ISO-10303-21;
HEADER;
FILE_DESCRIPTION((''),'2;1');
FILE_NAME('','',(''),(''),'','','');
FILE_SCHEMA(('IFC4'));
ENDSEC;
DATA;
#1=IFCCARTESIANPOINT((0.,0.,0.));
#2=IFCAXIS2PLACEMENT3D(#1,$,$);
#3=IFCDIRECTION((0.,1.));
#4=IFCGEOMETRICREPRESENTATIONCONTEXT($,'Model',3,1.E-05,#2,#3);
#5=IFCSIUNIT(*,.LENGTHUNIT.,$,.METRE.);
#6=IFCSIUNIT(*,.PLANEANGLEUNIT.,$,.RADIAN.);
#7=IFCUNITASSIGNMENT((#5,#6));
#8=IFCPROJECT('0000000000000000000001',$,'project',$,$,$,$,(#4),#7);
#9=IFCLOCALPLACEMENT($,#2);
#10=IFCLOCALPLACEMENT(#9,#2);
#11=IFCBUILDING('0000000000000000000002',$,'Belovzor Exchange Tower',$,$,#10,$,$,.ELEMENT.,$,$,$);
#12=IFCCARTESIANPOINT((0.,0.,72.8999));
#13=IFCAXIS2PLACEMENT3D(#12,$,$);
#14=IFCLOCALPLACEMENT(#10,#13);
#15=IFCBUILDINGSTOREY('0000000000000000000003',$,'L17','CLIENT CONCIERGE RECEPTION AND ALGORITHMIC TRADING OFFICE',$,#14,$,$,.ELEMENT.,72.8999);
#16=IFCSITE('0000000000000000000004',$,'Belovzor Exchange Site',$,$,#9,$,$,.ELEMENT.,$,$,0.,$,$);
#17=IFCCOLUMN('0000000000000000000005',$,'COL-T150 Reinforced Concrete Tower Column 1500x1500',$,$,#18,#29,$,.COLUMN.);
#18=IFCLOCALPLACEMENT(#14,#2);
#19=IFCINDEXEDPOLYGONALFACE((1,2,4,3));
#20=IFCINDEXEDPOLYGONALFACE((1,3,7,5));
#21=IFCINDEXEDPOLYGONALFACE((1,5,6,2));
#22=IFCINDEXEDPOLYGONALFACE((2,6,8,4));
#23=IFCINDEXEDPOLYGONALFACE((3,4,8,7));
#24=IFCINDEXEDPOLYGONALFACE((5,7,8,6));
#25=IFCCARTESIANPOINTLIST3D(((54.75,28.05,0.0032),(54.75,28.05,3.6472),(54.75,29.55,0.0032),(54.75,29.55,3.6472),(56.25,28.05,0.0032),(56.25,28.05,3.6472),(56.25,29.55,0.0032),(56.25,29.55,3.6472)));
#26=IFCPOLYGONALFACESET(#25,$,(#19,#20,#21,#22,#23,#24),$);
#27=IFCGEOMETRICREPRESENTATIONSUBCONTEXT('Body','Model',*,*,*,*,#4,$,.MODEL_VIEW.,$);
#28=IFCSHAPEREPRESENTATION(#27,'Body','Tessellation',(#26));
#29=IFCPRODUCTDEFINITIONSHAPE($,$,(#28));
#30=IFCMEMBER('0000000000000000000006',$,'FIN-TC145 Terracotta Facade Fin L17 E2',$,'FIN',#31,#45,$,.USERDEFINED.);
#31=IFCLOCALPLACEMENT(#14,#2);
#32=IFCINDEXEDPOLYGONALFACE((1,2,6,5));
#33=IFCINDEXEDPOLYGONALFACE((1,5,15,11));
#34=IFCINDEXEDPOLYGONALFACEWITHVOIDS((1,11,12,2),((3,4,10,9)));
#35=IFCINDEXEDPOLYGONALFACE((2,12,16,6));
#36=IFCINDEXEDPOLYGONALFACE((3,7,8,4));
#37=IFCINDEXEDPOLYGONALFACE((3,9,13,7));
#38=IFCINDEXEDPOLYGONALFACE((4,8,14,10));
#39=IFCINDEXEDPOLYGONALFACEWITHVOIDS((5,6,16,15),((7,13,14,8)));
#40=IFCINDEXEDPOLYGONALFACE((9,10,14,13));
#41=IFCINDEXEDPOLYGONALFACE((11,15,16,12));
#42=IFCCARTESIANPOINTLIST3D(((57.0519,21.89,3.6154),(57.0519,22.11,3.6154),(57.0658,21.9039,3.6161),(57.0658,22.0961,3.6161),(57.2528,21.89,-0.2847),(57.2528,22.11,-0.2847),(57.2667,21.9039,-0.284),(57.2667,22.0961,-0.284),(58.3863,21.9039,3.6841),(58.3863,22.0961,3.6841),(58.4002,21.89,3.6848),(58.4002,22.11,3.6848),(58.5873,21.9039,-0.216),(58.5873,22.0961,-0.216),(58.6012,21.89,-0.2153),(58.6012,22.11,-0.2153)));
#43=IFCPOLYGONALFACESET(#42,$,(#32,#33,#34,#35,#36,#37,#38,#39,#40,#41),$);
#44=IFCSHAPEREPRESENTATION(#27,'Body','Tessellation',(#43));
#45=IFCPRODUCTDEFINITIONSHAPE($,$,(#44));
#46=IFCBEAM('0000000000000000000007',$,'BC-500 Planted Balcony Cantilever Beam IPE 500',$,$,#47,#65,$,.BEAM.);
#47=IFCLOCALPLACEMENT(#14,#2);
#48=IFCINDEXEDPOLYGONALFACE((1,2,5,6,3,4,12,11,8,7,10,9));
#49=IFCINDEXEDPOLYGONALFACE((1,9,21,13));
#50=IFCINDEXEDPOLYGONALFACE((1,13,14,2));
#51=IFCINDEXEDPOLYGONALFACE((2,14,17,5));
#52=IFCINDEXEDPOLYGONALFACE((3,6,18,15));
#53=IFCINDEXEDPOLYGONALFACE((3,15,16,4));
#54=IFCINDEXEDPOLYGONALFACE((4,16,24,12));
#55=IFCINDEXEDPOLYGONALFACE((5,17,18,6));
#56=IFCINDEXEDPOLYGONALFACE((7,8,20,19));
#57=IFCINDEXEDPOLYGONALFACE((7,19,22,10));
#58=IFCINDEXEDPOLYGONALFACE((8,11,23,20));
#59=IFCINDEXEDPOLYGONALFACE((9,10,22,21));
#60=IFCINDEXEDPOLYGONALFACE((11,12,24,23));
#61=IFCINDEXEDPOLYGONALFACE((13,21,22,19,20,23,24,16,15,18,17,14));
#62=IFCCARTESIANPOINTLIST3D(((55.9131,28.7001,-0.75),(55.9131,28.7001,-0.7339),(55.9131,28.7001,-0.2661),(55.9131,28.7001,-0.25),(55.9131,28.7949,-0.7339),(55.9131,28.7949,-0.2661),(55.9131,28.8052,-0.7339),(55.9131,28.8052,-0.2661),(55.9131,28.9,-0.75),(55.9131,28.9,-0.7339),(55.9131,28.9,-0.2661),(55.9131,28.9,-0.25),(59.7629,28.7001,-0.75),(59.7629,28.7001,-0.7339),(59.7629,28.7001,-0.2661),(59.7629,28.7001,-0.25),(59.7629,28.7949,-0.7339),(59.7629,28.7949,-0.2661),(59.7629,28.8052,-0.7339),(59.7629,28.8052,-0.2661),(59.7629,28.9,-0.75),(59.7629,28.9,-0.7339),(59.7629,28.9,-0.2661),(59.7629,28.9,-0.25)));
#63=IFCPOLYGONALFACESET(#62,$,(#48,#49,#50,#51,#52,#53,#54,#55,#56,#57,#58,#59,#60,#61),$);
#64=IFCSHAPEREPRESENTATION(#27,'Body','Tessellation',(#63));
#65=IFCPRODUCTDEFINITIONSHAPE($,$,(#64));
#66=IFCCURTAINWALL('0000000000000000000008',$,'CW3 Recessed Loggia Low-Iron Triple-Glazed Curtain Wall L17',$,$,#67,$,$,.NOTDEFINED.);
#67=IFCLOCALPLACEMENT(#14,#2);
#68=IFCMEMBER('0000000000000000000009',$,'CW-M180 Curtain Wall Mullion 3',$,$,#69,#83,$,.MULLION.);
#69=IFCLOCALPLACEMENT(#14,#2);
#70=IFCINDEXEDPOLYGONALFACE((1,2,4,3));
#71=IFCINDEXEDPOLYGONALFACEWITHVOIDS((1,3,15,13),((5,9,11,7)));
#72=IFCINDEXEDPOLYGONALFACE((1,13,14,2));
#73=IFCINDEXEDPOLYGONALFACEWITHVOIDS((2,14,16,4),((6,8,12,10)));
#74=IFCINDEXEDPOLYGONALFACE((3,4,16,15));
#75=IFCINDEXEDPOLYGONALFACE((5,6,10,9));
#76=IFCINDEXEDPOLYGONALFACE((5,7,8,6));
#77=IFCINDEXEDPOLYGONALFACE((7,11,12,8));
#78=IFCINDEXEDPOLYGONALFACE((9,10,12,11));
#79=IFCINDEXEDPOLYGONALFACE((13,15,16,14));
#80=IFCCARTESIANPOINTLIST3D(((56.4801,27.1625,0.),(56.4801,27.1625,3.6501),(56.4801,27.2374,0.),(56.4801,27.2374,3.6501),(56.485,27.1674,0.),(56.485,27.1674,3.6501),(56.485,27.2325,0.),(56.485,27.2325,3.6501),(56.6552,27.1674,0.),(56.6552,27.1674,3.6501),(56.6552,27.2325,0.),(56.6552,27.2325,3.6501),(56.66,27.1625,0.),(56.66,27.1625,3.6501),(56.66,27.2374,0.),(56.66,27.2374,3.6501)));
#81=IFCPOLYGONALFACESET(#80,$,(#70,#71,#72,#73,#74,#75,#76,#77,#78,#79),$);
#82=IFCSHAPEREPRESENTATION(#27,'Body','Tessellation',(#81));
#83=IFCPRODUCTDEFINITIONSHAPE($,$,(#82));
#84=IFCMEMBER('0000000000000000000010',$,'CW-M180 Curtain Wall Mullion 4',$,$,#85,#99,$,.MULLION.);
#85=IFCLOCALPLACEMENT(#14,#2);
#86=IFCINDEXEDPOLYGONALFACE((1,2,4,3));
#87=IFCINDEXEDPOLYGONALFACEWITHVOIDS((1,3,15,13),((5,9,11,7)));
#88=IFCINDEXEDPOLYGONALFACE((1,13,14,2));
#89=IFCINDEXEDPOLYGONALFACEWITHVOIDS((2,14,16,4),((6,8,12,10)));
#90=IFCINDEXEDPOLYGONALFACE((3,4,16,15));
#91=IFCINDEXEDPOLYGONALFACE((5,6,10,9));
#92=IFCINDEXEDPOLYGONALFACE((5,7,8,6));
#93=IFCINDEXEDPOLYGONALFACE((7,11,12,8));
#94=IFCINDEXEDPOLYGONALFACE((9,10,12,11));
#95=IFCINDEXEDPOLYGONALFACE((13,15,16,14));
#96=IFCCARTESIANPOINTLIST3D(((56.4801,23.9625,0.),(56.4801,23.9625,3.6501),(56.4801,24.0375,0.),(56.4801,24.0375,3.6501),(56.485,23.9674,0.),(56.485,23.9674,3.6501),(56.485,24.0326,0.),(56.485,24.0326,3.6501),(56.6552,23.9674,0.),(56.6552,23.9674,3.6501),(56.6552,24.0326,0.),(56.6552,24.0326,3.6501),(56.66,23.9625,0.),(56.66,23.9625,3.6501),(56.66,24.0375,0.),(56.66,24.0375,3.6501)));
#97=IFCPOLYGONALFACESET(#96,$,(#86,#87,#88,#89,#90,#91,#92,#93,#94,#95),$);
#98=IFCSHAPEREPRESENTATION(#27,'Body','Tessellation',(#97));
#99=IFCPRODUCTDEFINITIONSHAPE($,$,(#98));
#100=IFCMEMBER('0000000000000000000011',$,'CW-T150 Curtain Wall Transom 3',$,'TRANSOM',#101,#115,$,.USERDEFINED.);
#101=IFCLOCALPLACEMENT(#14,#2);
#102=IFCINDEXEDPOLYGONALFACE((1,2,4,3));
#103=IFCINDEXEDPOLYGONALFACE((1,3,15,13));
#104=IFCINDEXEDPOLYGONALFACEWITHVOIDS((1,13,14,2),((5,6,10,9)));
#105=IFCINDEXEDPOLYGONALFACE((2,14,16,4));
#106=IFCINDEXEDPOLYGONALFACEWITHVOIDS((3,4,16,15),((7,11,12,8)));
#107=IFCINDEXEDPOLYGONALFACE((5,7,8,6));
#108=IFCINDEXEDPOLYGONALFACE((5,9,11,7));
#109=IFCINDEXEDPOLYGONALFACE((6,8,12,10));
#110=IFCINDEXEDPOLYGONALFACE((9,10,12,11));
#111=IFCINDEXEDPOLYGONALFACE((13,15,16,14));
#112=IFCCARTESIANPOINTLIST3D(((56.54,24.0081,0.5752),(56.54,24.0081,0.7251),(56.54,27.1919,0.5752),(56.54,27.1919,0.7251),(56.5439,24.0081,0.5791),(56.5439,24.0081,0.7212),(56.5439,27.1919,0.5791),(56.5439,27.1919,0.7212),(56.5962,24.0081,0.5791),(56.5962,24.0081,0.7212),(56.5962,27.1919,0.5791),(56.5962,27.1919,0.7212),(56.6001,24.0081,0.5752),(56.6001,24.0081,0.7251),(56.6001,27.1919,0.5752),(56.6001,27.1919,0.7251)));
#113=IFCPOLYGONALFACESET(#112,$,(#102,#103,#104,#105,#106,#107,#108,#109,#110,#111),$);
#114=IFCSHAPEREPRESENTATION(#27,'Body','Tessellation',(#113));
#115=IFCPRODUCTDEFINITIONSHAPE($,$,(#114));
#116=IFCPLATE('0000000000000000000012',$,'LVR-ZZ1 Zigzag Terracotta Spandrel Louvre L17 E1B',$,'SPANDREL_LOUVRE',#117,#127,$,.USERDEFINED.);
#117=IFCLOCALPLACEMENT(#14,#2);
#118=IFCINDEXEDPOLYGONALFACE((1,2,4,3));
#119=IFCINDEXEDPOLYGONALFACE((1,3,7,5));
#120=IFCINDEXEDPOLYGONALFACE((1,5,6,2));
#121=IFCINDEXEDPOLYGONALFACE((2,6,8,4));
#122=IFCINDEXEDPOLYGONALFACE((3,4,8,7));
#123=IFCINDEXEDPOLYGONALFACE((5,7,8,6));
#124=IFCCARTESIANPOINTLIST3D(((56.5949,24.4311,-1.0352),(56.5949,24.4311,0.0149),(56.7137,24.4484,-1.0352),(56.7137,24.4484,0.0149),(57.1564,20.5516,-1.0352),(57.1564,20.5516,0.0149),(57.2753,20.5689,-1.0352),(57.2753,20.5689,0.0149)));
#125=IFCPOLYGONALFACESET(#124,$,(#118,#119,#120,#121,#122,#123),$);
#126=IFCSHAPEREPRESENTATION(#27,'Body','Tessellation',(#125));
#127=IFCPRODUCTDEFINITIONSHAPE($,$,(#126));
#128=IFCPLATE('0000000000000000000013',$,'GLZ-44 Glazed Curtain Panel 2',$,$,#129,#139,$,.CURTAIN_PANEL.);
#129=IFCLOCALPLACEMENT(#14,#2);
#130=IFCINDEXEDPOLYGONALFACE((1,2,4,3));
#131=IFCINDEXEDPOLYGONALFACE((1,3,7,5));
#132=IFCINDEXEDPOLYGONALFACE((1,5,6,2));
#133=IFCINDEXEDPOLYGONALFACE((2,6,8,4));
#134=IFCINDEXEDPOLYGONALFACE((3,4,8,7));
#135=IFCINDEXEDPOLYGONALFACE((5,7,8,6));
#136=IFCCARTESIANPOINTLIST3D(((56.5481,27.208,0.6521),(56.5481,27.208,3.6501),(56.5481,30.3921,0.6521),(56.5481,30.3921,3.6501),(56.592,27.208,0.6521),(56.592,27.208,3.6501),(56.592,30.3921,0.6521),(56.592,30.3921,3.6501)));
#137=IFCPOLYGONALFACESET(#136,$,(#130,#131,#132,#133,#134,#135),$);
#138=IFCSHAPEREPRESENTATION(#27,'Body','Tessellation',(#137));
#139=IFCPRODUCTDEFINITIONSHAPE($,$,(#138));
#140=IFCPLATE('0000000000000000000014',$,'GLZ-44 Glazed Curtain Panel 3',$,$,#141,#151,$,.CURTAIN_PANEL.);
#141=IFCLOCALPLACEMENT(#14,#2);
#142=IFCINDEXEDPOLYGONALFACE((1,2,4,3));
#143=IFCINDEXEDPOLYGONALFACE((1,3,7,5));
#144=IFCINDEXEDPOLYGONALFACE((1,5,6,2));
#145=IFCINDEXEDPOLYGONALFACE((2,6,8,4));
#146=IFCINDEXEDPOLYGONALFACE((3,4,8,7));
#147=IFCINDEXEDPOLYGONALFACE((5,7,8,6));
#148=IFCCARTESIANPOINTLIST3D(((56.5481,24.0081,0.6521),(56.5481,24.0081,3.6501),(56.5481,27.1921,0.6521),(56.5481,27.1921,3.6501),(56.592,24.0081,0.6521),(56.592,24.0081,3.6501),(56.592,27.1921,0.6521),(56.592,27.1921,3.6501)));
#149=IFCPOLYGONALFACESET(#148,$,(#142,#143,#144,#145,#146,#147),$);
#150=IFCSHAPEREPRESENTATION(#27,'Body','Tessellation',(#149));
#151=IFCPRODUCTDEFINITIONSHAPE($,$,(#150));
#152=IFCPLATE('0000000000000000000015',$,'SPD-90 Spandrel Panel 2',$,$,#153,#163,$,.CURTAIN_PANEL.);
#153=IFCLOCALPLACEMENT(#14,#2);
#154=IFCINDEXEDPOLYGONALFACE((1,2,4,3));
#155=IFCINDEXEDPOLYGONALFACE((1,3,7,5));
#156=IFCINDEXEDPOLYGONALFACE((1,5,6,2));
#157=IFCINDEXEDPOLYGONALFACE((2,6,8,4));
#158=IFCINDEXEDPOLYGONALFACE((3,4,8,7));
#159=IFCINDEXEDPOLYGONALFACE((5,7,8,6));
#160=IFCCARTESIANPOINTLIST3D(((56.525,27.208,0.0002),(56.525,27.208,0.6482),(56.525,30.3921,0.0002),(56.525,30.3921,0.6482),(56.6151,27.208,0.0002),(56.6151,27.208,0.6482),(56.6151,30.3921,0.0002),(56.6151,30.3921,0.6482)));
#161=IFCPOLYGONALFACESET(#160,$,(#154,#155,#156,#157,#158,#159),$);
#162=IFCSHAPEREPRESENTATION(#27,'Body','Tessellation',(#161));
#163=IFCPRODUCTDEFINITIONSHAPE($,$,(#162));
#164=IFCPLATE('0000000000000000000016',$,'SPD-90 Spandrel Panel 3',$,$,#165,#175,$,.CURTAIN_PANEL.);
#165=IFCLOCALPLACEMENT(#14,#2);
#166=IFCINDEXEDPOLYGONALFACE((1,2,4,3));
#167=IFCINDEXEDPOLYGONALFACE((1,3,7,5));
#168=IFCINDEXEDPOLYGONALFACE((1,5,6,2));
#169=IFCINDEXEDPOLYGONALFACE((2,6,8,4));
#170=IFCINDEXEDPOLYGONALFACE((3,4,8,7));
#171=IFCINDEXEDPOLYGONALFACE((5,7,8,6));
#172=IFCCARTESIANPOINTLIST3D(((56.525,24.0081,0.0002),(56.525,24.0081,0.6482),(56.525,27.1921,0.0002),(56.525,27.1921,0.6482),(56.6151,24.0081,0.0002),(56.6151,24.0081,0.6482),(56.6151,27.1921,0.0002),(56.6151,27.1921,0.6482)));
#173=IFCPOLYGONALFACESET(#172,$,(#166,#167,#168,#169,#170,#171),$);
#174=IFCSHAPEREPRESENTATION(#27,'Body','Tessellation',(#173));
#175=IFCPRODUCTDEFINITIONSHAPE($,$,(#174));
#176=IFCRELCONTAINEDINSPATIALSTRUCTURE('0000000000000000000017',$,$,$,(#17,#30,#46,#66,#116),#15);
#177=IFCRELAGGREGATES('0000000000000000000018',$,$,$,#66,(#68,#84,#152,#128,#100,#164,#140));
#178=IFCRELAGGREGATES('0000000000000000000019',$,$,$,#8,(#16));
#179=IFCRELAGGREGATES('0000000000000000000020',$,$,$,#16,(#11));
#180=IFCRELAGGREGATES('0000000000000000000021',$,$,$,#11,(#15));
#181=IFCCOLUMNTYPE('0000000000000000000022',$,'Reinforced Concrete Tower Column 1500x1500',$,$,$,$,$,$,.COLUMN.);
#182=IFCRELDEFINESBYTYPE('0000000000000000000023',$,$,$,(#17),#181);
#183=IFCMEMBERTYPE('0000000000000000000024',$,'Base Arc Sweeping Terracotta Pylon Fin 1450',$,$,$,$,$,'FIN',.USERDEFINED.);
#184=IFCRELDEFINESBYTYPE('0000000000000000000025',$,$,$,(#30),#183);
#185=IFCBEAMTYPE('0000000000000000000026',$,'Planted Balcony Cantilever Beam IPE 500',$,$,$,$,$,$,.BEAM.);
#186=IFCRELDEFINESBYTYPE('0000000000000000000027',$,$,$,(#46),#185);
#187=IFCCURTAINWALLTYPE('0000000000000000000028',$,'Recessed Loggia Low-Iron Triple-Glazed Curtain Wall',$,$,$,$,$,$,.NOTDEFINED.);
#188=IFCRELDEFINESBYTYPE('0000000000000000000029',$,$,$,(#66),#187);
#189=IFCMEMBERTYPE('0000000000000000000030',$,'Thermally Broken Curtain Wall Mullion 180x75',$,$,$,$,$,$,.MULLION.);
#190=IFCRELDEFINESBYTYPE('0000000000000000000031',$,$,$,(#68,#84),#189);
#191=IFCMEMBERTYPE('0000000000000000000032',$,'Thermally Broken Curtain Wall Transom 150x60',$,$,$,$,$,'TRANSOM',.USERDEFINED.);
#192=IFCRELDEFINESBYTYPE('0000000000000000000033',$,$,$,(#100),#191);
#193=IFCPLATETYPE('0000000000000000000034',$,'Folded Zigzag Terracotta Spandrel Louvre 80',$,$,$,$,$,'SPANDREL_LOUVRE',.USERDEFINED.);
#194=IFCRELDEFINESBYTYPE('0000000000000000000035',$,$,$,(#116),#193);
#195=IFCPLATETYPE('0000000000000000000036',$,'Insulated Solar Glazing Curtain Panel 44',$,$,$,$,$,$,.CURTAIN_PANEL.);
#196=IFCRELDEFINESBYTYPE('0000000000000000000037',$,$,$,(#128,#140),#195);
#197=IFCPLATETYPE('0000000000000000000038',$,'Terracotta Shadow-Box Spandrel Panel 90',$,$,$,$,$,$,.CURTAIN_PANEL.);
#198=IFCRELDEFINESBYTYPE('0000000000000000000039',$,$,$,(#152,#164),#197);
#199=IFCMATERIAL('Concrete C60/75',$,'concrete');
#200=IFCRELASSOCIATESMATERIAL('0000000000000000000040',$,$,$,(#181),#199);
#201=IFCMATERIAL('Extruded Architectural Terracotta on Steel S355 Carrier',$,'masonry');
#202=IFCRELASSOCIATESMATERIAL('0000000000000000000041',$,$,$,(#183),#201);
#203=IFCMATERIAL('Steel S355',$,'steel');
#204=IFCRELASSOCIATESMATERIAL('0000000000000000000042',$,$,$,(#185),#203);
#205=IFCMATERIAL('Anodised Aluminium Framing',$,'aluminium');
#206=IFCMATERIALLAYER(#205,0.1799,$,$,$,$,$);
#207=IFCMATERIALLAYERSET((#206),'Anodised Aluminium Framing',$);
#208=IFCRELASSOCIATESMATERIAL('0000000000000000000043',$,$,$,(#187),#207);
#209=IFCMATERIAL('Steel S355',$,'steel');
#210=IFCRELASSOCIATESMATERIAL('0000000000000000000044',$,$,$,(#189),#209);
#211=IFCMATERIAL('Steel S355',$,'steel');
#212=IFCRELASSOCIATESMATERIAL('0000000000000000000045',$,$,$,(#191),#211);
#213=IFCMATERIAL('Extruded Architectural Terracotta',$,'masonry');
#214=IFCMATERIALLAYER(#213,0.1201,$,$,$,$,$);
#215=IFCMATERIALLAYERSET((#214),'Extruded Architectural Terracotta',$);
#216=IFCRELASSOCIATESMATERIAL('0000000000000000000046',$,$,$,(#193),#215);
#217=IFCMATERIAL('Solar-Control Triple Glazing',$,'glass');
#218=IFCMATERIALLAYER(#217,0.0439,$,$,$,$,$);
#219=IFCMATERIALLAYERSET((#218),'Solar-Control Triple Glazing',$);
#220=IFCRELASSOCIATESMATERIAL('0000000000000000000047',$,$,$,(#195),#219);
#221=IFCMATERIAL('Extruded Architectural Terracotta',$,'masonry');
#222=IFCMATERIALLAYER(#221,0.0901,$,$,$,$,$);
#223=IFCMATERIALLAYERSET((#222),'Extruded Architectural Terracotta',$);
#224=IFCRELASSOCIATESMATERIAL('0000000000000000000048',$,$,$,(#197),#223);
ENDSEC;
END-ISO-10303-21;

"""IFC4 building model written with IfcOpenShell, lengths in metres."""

from ifc_helpers import new_model, si_unit, direction, frame, origin, origin_2d, place, context, subcontext, project, spatial, rectangle, hollow_rectangle, i_section, extrude, material, layer, layer_set, material_profile, profile_set, type_object, element, aggregate, save


model = new_model("IFC4")

# Units and contexts
model_context = context("Model", 3, precision=1e-05, world=origin(), true_north=direction((0.0, 1.0)))
body_context = subcontext(model_context, "Body", "Model", "MODEL_VIEW")
ifc_project = project(units=[si_unit("LENGTHUNIT", "METRE"), si_unit("PLANEANGLEUNIT", "RADIAN")], contexts=[model_context])

# Site, building, storey
site_placement = place(None, origin())
site = spatial("IfcSite", under=ifc_project, at=site_placement, Name="Belovzor Exchange Site", CompositionType="ELEMENT", RefElevation=0.0)
building_placement = place(site_placement, origin())
building = spatial("IfcBuilding", under=site, at=building_placement, Name="Belovzor Exchange Tower", CompositionType="ELEMENT")
storey_placement = place(building_placement, frame((0.0, 0.0, 72.8999)))
storey = spatial("IfcBuildingStorey", under=building, at=storey_placement, Name="L17", Description="CLIENT CONCIERGE RECEPTION AND ALGORITHMIC TRADING OFFICE", CompositionType="ELEMENT", Elevation=72.8999)

# Column
ifc_material_1 = material(Name="Concrete C60/75", Category="concrete")
ifc_material_profile_1 = material_profile(ifc_material_1, rectangle(XDim=1.5, YDim=1.5, at=origin_2d()))
ifc_profile_set_1 = profile_set([ifc_material_profile_1], Name="Concrete C60/75")
column_type = type_object("IfcColumnType", Name="Reinforced Concrete Tower Column 1500x1500", PredefinedType="COLUMN", material=ifc_profile_set_1)
column_placement = place(storey_placement, frame((55.5, 28.8, 0.0032), z_axis=(0.0, 0.0, 1.0), x_axis=(1.0, 0.0, 0.0)))
element("IfcColumn", 1, at=column_placement, inside=storey, type_object=column_type, Name="COL-T150 Reinforced Concrete Tower Column 1500x1500", PredefinedType="COLUMN", context=body_context, shape_type="SweptSolid", body=[
    extrude(rectangle(XDim=1.5, YDim=1.5, at=origin_2d()), origin(), (0.0, 0.0, 1.0), 3.644),
])

# Member
ifc_material_2 = material(Name="Extruded Architectural Terracotta on Steel S355 Carrier", Category="masonry")
ifc_material_profile_2 = material_profile(ifc_material_2, hollow_rectangle(XDim=0.22, YDim=1.3501, WallThickness=0.0139, at=origin_2d()))
ifc_profile_set_2 = profile_set([ifc_material_profile_2], Name="Extruded Architectural Terracotta on Steel S355 Carrier")
member_type_1 = type_object("IfcMemberType", Name="Base Arc Sweeping Terracotta Pylon Fin 1450", ElementType="FIN", PredefinedType="USERDEFINED", material=ifc_profile_set_2)
member_1_placement = place(storey_placement, frame((57.927, 22.0, -0.25), z_axis=(-0.05145, 0.0, 0.998676), x_axis=(0.0, -1.0, 0.0)))
element("IfcMember", 2, at=member_1_placement, inside=storey, type_object=member_type_1, Name="FIN-TC145 Terracotta Facade Fin L17 E2", ObjectType="FIN", PredefinedType="USERDEFINED", context=body_context, shape_type="SweptSolid", body=[
    extrude(hollow_rectangle(XDim=0.22, YDim=1.3501, WallThickness=0.0139, at=origin_2d()), origin(), (0.0, 0.0, 1.0), 3.9053),
])

# Beam
ifc_material_3 = material(Name="Steel S355", Category="steel")
ifc_material_profile_3 = material_profile(ifc_material_3, i_section(OverallWidth=0.2, OverallDepth=0.5, WebThickness=0.0103, FlangeThickness=0.0161, at=origin_2d()))
ifc_profile_set_3 = profile_set([ifc_material_profile_3], Name="Steel S355")
beam_type = type_object("IfcBeamType", Name="Planted Balcony Cantilever Beam IPE 500", PredefinedType="BEAM", material=ifc_profile_set_3)
beam_placement = place(storey_placement, frame((55.9131, 28.8, -0.5), z_axis=(1.0, 0.0, 0.0), x_axis=(0.0, 1.0, 0.0)))
element("IfcBeam", 3, at=beam_placement, inside=storey, type_object=beam_type, Name="BC-500 Planted Balcony Cantilever Beam IPE 500", PredefinedType="BEAM", context=body_context, shape_type="SweptSolid", body=[
    extrude(i_section(OverallWidth=0.2, OverallDepth=0.5, WebThickness=0.0103, FlangeThickness=0.0161, at=origin_2d()), origin(), (0.0, 0.0, 1.0), 3.8499),
])

# Curtain wall, members
ifc_material_4 = material(Name="Anodised Aluminium Framing", Category="aluminium")
ifc_layer_1 = layer(ifc_material_4, 0.1799)
ifc_layer_set_1 = layer_set([ifc_layer_1], Name="Anodised Aluminium Framing")
curtain_wall_type = type_object("IfcCurtainWallType", Name="Recessed Loggia Low-Iron Triple-Glazed Curtain Wall", PredefinedType="NOTDEFINED", material=ifc_layer_set_1)
curtain_wall_placement = place(storey_placement, origin())
curtain_wall = element("IfcCurtainWall", 4, at=curtain_wall_placement, inside=storey, type_object=curtain_wall_type, Name="CW3 Recessed Loggia Low-Iron Triple-Glazed Curtain Wall L17", PredefinedType="NOTDEFINED")
ifc_material_5 = material(Name="Steel S355", Category="steel")
ifc_material_profile_4 = material_profile(ifc_material_5, hollow_rectangle(XDim=0.075, YDim=0.1799, WallThickness=0.0049, at=origin_2d()))
ifc_profile_set_4 = profile_set([ifc_material_profile_4], Name="Steel S355")
member_type_2 = type_object("IfcMemberType", Name="Thermally Broken Curtain Wall Mullion 180x75", PredefinedType="MULLION", material=ifc_profile_set_4)
member_2_placement = place(storey_placement, frame((56.5701, 27.2, 0.0), z_axis=(0.0, 0.0, 1.0), x_axis=(0.0, -1.0, 0.0)))
member_2 = element("IfcMember", 5, at=member_2_placement, type_object=member_type_2, Name="CW-M180 Curtain Wall Mullion 3", PredefinedType="MULLION", context=body_context, shape_type="SweptSolid", body=[
    extrude(hollow_rectangle(XDim=0.075, YDim=0.1799, WallThickness=0.0049, at=origin_2d()), origin(), (0.0, 0.0, 1.0), 3.6501),
])
member_3_placement = place(storey_placement, frame((56.5701, 24.0, 0.0), z_axis=(0.0, 0.0, 1.0), x_axis=(0.0, -1.0, 0.0)))
member_3 = element("IfcMember", 6, at=member_3_placement, type_object=member_type_2, Name="CW-M180 Curtain Wall Mullion 4", PredefinedType="MULLION", context=body_context, shape_type="SweptSolid", body=[
    extrude(hollow_rectangle(XDim=0.075, YDim=0.1799, WallThickness=0.0049, at=origin_2d()), origin(), (0.0, 0.0, 1.0), 3.6501),
])
ifc_material_6 = material(Name="Steel S355", Category="steel")
ifc_material_profile_5 = material_profile(ifc_material_6, hollow_rectangle(XDim=0.0601, YDim=0.1499, WallThickness=0.0039, at=origin_2d()))
ifc_profile_set_5 = profile_set([ifc_material_profile_5], Name="Steel S355")
member_type_3 = type_object("IfcMemberType", Name="Thermally Broken Curtain Wall Transom 150x60", ElementType="TRANSOM", PredefinedType="USERDEFINED", material=ifc_profile_set_5)
member_4_placement = place(storey_placement, frame((56.5701, 27.1919, 0.6501), z_axis=(0.0, -1.0, 0.0), x_axis=(1.0, 0.0, 0.0)))
member_4 = element("IfcMember", 7, at=member_4_placement, type_object=member_type_3, Name="CW-T150 Curtain Wall Transom 3", ObjectType="TRANSOM", PredefinedType="USERDEFINED", context=body_context, shape_type="SweptSolid", body=[
    extrude(hollow_rectangle(XDim=0.0601, YDim=0.1499, WallThickness=0.0039, at=origin_2d()), origin(), (0.0, 0.0, 1.0), 3.1838),
])

# Plates
ifc_material_7 = material(Name="Extruded Architectural Terracotta", Category="masonry")
ifc_layer_2 = layer(ifc_material_7, 0.1201)
ifc_layer_set_2 = layer_set([ifc_layer_2], Name="Extruded Architectural Terracotta")
plate_type_1 = type_object("IfcPlateType", Name="Folded Zigzag Terracotta Spandrel Louvre 80", ElementType="SPANDREL_LOUVRE", PredefinedType="USERDEFINED", material=ifc_layer_set_2)
plate_1_placement = place(storey_placement, frame((56.9351, 22.5, -1.0352), z_axis=(0.0, 0.0, 1.0), x_axis=(-0.143251, 0.989686, 0.0)))
element("IfcPlate", 8, at=plate_1_placement, inside=storey, type_object=plate_type_1, Name="LVR-ZZ1 Zigzag Terracotta Spandrel Louvre L17 E1B", ObjectType="SPANDREL_LOUVRE", PredefinedType="USERDEFINED", context=body_context, shape_type="SweptSolid", body=[
    extrude(rectangle(XDim=3.9199, YDim=0.1201, at=origin_2d()), origin(), (0.0, 0.0, 1.0), 1.05),
])
ifc_material_8 = material(Name="Solar-Control Triple Glazing", Category="glass")
ifc_layer_3 = layer(ifc_material_8, 0.0439)
ifc_layer_set_3 = layer_set([ifc_layer_3], Name="Solar-Control Triple Glazing")
plate_type_2 = type_object("IfcPlateType", Name="Insulated Solar Glazing Curtain Panel 44", PredefinedType="CURTAIN_PANEL", material=ifc_layer_set_3)
plate_2_placement = place(storey_placement, frame((56.5701, 28.8, 0.6521), z_axis=(0.0, 0.0, 1.0), x_axis=(0.0, -1.0, 0.0)))
plate_2 = element("IfcPlate", 9, at=plate_2_placement, type_object=plate_type_2, Name="GLZ-44 Glazed Curtain Panel 2", PredefinedType="CURTAIN_PANEL", context=body_context, shape_type="SweptSolid", body=[
    extrude(rectangle(XDim=3.1841, YDim=0.0439, at=origin_2d()), origin(), (0.0, 0.0, 1.0), 2.998),
])
plate_3_placement = place(storey_placement, frame((56.5701, 25.6001, 0.6521), z_axis=(0.0, 0.0, 1.0), x_axis=(0.0, -1.0, 0.0)))
plate_3 = element("IfcPlate", 10, at=plate_3_placement, type_object=plate_type_2, Name="GLZ-44 Glazed Curtain Panel 3", PredefinedType="CURTAIN_PANEL", context=body_context, shape_type="SweptSolid", body=[
    extrude(rectangle(XDim=3.1841, YDim=0.0439, at=origin_2d()), origin(), (0.0, 0.0, 1.0), 2.998),
])
ifc_material_9 = material(Name="Extruded Architectural Terracotta", Category="masonry")
ifc_layer_4 = layer(ifc_material_9, 0.0901)
ifc_layer_set_4 = layer_set([ifc_layer_4], Name="Extruded Architectural Terracotta")
plate_type_3 = type_object("IfcPlateType", Name="Terracotta Shadow-Box Spandrel Panel 90", PredefinedType="CURTAIN_PANEL", material=ifc_layer_set_4)
plate_4_placement = place(storey_placement, frame((56.5701, 28.8, 0.0002), z_axis=(0.0, 0.0, 1.0), x_axis=(0.0, -1.0, 0.0)))
plate_4 = element("IfcPlate", 11, at=plate_4_placement, type_object=plate_type_3, Name="SPD-90 Spandrel Panel 2", PredefinedType="CURTAIN_PANEL", context=body_context, shape_type="SweptSolid", body=[
    extrude(rectangle(XDim=3.1841, YDim=0.0901, at=origin_2d()), origin(), (0.0, 0.0, 1.0), 0.6479),
])
plate_5_placement = place(storey_placement, frame((56.5701, 25.6001, 0.0002), z_axis=(0.0, 0.0, 1.0), x_axis=(0.0, -1.0, 0.0)))
plate_5 = element("IfcPlate", 12, at=plate_5_placement, type_object=plate_type_3, Name="SPD-90 Spandrel Panel 3", PredefinedType="CURTAIN_PANEL", context=body_context, shape_type="SweptSolid", body=[
    extrude(rectangle(XDim=3.1841, YDim=0.0901, at=origin_2d()), origin(), (0.0, 0.0, 1.0), 0.6479),
])
aggregate(curtain_wall, [member_2, member_3, plate_4, plate_2, member_4, plate_5, plate_3])

save(model, "model.ifc")
